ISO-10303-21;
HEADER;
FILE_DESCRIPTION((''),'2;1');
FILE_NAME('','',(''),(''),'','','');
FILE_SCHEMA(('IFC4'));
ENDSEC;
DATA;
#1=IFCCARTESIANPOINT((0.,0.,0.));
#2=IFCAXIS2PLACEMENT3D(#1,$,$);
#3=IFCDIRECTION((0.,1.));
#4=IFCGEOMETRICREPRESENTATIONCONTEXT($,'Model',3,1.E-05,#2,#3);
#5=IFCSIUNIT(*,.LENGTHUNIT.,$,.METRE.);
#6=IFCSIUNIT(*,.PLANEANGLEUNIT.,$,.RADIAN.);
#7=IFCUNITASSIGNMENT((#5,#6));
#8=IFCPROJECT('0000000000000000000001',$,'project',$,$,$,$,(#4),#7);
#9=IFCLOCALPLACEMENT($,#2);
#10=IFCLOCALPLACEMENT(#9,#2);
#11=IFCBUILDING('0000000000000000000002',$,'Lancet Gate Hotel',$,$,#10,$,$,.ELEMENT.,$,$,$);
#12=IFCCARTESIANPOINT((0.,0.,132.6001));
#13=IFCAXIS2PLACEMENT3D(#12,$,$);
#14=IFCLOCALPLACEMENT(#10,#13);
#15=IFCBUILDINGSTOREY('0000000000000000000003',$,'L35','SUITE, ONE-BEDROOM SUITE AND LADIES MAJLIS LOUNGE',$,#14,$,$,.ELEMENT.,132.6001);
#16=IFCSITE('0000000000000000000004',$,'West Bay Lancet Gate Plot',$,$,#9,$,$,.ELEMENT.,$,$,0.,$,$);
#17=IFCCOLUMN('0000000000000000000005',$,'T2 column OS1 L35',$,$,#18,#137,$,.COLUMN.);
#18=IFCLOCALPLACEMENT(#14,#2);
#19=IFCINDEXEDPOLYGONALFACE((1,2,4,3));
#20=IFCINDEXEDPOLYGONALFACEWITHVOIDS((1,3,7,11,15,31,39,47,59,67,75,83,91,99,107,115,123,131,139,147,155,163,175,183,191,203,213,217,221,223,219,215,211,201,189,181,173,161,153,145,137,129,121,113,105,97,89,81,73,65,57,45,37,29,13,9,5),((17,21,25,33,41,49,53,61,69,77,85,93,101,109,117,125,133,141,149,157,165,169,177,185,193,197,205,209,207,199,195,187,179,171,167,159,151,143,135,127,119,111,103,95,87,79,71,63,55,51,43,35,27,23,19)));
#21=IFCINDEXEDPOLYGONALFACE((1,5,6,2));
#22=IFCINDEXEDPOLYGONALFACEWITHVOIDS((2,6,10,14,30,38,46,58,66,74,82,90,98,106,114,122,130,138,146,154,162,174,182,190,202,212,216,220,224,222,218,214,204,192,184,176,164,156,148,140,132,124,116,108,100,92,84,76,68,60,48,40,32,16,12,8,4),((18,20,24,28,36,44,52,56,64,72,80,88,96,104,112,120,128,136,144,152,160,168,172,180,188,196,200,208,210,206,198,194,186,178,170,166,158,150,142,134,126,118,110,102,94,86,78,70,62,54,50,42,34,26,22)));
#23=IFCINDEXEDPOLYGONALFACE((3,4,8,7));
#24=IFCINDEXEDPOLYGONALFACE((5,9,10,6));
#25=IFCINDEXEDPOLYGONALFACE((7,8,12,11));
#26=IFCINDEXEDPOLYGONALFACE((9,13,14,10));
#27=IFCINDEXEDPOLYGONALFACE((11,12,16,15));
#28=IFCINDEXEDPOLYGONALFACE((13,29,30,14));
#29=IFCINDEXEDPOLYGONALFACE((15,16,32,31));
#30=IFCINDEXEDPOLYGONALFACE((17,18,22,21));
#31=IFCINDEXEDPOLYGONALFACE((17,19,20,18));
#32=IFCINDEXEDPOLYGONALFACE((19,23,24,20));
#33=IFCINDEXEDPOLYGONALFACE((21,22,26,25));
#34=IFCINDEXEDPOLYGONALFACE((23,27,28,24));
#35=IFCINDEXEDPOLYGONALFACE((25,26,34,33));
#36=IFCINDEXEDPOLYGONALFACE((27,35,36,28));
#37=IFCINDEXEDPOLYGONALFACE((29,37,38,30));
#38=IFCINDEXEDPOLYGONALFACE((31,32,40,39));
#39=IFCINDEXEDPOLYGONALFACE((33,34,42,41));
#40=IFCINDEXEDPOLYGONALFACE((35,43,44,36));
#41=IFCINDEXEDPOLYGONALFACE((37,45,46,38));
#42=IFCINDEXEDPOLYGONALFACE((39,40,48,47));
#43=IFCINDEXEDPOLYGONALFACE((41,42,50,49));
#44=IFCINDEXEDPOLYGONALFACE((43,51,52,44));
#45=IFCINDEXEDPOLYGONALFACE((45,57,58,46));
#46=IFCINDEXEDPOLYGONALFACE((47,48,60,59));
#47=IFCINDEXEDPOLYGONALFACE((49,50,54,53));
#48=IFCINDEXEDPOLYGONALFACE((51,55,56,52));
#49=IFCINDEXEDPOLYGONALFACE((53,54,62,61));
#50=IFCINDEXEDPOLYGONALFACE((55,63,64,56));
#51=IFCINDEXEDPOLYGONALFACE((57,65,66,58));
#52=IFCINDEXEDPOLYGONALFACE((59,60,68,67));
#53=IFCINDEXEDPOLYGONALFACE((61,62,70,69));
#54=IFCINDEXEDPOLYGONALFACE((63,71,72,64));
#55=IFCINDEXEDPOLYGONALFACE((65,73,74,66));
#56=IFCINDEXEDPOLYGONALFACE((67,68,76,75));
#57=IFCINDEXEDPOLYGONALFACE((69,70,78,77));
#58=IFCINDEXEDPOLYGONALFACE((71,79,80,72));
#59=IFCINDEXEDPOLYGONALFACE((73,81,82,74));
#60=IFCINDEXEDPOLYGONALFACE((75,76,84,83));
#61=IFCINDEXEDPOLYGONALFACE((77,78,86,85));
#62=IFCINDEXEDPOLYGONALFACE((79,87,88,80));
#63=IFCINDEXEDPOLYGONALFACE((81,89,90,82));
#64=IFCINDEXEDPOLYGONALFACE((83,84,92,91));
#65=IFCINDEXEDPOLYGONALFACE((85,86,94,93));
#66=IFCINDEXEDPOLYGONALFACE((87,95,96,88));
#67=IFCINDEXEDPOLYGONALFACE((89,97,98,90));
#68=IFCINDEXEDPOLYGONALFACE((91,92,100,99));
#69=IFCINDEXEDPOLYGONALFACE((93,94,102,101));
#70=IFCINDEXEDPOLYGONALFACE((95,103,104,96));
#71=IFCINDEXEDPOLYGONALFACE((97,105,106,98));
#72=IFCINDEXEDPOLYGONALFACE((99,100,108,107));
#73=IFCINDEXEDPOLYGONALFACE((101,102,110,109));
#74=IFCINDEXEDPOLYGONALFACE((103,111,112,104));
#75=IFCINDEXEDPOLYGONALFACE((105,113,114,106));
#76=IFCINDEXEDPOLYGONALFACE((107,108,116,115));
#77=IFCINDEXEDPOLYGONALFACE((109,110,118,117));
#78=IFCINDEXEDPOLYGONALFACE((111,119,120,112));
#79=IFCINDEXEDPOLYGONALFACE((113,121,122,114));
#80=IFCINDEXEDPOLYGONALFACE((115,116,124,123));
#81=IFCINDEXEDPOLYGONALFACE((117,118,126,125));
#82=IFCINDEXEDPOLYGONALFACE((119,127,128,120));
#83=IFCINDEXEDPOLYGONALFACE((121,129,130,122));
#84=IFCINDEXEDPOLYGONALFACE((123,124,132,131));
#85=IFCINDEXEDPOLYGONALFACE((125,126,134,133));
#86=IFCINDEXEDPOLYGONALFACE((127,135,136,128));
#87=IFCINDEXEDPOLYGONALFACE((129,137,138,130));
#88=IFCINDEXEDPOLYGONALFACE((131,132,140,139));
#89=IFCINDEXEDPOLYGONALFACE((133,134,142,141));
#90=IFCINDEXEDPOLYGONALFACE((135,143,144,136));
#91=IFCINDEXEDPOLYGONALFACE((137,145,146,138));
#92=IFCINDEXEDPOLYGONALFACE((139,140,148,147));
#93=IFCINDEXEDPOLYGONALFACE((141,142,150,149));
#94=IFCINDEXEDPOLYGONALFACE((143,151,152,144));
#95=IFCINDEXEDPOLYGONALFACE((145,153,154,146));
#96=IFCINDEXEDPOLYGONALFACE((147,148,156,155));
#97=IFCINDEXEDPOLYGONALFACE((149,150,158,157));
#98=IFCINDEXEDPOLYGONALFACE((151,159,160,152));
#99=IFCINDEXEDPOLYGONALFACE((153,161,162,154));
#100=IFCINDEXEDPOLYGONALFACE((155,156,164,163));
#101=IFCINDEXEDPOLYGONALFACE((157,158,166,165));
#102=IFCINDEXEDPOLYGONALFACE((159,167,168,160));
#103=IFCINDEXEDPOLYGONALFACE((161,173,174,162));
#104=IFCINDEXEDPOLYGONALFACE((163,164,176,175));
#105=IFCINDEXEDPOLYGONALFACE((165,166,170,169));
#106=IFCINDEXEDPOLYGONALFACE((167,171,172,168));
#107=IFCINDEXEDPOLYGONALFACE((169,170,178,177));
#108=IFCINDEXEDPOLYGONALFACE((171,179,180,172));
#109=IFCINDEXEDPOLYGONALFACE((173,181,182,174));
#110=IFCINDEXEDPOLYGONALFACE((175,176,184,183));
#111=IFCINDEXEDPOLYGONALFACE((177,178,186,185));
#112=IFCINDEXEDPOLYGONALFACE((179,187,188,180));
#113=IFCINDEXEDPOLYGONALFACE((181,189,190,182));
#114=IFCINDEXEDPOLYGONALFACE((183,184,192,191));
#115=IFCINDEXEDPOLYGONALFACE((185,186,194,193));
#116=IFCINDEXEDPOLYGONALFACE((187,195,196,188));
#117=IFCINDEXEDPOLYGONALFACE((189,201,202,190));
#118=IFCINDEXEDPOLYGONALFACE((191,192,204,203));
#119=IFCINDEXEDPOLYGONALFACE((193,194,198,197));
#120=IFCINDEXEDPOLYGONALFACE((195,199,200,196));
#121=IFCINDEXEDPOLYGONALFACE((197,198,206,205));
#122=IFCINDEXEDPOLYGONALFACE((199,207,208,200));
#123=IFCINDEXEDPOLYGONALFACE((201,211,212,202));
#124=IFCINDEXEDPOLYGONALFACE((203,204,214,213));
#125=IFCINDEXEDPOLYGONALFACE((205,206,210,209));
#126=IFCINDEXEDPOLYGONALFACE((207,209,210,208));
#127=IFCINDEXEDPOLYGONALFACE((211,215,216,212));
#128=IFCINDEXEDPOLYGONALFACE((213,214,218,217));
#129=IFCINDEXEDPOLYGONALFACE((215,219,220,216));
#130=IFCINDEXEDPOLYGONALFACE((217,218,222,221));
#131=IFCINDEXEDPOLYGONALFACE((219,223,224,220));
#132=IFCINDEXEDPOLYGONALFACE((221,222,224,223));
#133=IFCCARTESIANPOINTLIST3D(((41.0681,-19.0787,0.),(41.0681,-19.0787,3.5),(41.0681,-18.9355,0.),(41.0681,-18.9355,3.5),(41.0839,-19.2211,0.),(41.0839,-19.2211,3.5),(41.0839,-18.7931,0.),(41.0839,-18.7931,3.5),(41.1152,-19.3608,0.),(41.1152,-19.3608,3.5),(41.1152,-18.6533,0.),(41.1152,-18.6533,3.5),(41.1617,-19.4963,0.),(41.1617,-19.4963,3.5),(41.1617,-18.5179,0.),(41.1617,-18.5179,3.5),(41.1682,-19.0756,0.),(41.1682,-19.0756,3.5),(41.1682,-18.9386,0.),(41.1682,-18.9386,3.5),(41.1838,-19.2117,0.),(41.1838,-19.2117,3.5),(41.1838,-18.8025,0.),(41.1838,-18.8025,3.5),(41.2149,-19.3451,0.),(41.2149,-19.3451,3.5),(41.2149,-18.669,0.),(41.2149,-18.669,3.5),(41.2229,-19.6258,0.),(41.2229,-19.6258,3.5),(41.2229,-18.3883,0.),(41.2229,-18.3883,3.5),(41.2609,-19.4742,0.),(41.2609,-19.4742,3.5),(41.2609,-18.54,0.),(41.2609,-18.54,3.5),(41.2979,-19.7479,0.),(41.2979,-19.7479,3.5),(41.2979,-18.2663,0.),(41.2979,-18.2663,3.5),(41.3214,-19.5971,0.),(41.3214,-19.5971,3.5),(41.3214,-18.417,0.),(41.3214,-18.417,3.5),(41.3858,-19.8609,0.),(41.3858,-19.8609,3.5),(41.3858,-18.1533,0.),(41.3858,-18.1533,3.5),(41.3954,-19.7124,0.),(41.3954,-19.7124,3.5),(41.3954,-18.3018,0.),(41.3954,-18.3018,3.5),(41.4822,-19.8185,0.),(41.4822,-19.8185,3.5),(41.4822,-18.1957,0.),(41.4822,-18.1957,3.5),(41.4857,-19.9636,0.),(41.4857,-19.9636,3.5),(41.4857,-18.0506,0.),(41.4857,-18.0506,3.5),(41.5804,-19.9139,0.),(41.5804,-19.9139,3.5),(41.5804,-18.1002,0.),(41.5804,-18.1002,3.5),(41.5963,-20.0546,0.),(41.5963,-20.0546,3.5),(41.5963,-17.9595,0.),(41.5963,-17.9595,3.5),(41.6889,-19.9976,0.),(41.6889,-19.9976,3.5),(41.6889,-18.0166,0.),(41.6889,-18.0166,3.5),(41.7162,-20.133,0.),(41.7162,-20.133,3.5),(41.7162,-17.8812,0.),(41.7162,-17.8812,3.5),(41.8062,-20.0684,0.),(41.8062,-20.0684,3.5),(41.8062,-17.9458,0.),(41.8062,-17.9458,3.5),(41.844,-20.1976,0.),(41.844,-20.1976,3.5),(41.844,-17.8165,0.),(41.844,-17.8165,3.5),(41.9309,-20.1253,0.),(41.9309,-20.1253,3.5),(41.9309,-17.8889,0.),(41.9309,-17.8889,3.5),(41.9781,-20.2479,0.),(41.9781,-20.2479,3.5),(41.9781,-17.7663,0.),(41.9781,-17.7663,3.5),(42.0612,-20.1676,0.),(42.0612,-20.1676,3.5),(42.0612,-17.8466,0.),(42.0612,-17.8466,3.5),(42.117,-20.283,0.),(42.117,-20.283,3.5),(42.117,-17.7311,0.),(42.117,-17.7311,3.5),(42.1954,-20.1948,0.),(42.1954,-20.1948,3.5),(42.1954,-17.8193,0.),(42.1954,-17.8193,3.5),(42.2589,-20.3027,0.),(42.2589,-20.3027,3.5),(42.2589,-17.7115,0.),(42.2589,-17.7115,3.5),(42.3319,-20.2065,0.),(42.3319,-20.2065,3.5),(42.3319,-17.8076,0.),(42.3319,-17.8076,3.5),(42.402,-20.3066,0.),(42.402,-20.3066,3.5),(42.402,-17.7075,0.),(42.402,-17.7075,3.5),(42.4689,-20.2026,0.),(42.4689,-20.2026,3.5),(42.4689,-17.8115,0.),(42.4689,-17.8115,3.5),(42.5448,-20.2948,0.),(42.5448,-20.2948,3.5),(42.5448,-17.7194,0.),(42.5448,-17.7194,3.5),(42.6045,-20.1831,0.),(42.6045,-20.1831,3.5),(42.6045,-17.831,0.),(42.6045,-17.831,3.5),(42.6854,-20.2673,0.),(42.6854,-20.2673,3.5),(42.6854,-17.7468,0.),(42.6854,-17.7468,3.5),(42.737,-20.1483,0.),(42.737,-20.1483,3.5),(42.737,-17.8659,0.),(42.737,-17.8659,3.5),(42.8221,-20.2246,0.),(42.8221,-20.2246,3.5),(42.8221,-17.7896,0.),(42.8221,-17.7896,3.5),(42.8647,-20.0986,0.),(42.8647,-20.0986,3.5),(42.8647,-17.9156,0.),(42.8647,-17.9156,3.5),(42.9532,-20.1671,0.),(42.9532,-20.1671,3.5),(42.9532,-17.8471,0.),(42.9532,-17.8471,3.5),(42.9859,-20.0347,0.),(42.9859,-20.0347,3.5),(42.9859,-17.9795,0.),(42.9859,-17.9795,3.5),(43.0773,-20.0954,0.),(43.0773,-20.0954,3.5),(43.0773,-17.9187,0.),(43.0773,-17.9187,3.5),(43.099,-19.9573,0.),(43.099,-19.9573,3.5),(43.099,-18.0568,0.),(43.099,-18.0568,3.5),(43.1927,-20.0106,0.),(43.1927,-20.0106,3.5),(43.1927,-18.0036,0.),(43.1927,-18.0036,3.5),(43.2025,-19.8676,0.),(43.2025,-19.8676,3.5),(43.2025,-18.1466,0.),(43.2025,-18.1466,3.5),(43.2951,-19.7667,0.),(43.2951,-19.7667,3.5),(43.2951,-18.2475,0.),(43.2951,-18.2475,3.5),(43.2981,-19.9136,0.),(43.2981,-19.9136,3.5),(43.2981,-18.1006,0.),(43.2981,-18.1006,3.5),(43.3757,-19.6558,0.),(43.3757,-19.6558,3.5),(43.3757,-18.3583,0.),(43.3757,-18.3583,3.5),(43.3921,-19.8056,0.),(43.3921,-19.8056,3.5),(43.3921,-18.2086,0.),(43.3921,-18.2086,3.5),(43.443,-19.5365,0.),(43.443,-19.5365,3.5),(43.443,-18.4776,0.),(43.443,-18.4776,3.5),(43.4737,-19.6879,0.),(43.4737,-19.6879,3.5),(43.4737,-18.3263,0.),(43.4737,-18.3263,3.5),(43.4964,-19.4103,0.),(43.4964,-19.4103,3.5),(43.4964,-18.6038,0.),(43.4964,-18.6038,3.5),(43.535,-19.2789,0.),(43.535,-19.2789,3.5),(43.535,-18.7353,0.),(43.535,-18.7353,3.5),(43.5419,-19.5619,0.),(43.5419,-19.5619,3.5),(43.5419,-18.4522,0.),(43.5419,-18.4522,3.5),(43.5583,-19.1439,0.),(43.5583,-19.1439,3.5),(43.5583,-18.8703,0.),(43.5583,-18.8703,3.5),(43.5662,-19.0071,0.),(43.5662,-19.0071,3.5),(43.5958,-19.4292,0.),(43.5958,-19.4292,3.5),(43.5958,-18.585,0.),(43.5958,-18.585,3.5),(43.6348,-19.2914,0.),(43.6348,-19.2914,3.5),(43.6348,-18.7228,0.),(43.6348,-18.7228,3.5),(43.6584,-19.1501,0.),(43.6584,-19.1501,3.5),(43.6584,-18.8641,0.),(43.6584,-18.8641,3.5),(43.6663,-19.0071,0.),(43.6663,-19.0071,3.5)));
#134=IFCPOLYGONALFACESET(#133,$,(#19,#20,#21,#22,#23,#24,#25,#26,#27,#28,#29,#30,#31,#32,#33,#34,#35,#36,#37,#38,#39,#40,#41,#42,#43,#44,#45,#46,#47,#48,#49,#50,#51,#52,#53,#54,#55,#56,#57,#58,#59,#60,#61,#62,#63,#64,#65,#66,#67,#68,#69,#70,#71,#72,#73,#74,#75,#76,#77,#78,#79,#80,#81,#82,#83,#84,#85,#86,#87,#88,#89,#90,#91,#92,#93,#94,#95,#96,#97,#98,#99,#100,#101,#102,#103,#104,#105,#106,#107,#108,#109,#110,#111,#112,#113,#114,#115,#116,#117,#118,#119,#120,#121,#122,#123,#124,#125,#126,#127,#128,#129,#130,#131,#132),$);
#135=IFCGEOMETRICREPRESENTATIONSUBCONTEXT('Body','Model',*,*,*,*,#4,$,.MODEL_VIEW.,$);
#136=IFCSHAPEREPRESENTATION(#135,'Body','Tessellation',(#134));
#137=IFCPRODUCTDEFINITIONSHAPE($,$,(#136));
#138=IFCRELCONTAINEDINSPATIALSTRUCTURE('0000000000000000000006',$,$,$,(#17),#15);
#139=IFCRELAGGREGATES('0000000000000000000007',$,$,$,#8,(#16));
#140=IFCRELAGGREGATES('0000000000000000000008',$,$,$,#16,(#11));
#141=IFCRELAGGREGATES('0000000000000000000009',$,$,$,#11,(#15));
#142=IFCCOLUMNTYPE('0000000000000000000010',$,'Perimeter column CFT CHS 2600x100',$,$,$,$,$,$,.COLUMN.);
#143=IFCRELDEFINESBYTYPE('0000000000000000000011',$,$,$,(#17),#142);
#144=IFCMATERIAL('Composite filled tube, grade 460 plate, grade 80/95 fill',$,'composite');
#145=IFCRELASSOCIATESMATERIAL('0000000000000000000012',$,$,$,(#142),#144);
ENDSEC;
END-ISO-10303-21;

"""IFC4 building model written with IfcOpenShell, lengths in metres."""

from ifc_helpers import new_model, si_unit, direction, frame, origin, origin_2d, place, context, subcontext, project, spatial, hollow_circle, extrude, material, material_profile, profile_set, type_object, element, save


model = new_model("IFC4")

# Units and contexts
model_context = context("Model", 3, precision=1e-05, world=origin(), true_north=direction((0.0, 1.0)))
body_context = subcontext(model_context, "Body", "Model", "MODEL_VIEW")
ifc_project = project(units=[si_unit("LENGTHUNIT", "METRE"), si_unit("PLANEANGLEUNIT", "RADIAN")], contexts=[model_context])

# Site, building, storey
site_placement = place(None, origin())
site = spatial("IfcSite", under=ifc_project, at=site_placement, Name="West Bay Lancet Gate Plot", CompositionType="ELEMENT", RefElevation=0.0)
building_placement = place(site_placement, origin())
building = spatial("IfcBuilding", under=site, at=building_placement, Name="Lancet Gate Hotel", CompositionType="ELEMENT")
storey_placement = place(building_placement, frame((0.0, 0.0, 132.6001)))
storey = spatial("IfcBuildingStorey", under=building, at=storey_placement, Name="L35", Description="SUITE, ONE-BEDROOM SUITE AND LADIES MAJLIS LOUNGE", CompositionType="ELEMENT", Elevation=132.6001)

# Column
ifc_material_1 = material(Name="Composite filled tube, grade 460 plate, grade 80/95 fill", Category="composite")
ifc_material_profile_1 = material_profile(ifc_material_1, hollow_circle(Radius=1.3, WallThickness=0.1001, at=origin_2d()), Name="CHS 2600x100")
ifc_profile_set_1 = profile_set([ifc_material_profile_1], Name="Composite filled tube, grade 460 plate, grade 80/95 fill")
column_type = type_object("IfcColumnType", Name="Perimeter column CFT CHS 2600x100", PredefinedType="COLUMN", material=ifc_profile_set_1)
for number, where, z_axis, x_axis, name in (
    (1, (42.3662, -19.0071, 0.0), (0.0, 0.0, 1.0), (1.0, 0.0, 0.0), "T2 column OS1 L35"),
):
    element("IfcColumn", number, at=place(storey_placement, frame(where, z_axis=z_axis, x_axis=x_axis)), inside=storey, type_object=column_type, Name=name, PredefinedType="COLUMN", context=body_context, shape_type="SweptSolid", body=[
        extrude(hollow_circle(Radius=1.3, WallThickness=0.1001, at=origin_2d()), origin(), (0.0, 0.0, 1.0), 3.5),
    ])

save(model, "model.ifc")
